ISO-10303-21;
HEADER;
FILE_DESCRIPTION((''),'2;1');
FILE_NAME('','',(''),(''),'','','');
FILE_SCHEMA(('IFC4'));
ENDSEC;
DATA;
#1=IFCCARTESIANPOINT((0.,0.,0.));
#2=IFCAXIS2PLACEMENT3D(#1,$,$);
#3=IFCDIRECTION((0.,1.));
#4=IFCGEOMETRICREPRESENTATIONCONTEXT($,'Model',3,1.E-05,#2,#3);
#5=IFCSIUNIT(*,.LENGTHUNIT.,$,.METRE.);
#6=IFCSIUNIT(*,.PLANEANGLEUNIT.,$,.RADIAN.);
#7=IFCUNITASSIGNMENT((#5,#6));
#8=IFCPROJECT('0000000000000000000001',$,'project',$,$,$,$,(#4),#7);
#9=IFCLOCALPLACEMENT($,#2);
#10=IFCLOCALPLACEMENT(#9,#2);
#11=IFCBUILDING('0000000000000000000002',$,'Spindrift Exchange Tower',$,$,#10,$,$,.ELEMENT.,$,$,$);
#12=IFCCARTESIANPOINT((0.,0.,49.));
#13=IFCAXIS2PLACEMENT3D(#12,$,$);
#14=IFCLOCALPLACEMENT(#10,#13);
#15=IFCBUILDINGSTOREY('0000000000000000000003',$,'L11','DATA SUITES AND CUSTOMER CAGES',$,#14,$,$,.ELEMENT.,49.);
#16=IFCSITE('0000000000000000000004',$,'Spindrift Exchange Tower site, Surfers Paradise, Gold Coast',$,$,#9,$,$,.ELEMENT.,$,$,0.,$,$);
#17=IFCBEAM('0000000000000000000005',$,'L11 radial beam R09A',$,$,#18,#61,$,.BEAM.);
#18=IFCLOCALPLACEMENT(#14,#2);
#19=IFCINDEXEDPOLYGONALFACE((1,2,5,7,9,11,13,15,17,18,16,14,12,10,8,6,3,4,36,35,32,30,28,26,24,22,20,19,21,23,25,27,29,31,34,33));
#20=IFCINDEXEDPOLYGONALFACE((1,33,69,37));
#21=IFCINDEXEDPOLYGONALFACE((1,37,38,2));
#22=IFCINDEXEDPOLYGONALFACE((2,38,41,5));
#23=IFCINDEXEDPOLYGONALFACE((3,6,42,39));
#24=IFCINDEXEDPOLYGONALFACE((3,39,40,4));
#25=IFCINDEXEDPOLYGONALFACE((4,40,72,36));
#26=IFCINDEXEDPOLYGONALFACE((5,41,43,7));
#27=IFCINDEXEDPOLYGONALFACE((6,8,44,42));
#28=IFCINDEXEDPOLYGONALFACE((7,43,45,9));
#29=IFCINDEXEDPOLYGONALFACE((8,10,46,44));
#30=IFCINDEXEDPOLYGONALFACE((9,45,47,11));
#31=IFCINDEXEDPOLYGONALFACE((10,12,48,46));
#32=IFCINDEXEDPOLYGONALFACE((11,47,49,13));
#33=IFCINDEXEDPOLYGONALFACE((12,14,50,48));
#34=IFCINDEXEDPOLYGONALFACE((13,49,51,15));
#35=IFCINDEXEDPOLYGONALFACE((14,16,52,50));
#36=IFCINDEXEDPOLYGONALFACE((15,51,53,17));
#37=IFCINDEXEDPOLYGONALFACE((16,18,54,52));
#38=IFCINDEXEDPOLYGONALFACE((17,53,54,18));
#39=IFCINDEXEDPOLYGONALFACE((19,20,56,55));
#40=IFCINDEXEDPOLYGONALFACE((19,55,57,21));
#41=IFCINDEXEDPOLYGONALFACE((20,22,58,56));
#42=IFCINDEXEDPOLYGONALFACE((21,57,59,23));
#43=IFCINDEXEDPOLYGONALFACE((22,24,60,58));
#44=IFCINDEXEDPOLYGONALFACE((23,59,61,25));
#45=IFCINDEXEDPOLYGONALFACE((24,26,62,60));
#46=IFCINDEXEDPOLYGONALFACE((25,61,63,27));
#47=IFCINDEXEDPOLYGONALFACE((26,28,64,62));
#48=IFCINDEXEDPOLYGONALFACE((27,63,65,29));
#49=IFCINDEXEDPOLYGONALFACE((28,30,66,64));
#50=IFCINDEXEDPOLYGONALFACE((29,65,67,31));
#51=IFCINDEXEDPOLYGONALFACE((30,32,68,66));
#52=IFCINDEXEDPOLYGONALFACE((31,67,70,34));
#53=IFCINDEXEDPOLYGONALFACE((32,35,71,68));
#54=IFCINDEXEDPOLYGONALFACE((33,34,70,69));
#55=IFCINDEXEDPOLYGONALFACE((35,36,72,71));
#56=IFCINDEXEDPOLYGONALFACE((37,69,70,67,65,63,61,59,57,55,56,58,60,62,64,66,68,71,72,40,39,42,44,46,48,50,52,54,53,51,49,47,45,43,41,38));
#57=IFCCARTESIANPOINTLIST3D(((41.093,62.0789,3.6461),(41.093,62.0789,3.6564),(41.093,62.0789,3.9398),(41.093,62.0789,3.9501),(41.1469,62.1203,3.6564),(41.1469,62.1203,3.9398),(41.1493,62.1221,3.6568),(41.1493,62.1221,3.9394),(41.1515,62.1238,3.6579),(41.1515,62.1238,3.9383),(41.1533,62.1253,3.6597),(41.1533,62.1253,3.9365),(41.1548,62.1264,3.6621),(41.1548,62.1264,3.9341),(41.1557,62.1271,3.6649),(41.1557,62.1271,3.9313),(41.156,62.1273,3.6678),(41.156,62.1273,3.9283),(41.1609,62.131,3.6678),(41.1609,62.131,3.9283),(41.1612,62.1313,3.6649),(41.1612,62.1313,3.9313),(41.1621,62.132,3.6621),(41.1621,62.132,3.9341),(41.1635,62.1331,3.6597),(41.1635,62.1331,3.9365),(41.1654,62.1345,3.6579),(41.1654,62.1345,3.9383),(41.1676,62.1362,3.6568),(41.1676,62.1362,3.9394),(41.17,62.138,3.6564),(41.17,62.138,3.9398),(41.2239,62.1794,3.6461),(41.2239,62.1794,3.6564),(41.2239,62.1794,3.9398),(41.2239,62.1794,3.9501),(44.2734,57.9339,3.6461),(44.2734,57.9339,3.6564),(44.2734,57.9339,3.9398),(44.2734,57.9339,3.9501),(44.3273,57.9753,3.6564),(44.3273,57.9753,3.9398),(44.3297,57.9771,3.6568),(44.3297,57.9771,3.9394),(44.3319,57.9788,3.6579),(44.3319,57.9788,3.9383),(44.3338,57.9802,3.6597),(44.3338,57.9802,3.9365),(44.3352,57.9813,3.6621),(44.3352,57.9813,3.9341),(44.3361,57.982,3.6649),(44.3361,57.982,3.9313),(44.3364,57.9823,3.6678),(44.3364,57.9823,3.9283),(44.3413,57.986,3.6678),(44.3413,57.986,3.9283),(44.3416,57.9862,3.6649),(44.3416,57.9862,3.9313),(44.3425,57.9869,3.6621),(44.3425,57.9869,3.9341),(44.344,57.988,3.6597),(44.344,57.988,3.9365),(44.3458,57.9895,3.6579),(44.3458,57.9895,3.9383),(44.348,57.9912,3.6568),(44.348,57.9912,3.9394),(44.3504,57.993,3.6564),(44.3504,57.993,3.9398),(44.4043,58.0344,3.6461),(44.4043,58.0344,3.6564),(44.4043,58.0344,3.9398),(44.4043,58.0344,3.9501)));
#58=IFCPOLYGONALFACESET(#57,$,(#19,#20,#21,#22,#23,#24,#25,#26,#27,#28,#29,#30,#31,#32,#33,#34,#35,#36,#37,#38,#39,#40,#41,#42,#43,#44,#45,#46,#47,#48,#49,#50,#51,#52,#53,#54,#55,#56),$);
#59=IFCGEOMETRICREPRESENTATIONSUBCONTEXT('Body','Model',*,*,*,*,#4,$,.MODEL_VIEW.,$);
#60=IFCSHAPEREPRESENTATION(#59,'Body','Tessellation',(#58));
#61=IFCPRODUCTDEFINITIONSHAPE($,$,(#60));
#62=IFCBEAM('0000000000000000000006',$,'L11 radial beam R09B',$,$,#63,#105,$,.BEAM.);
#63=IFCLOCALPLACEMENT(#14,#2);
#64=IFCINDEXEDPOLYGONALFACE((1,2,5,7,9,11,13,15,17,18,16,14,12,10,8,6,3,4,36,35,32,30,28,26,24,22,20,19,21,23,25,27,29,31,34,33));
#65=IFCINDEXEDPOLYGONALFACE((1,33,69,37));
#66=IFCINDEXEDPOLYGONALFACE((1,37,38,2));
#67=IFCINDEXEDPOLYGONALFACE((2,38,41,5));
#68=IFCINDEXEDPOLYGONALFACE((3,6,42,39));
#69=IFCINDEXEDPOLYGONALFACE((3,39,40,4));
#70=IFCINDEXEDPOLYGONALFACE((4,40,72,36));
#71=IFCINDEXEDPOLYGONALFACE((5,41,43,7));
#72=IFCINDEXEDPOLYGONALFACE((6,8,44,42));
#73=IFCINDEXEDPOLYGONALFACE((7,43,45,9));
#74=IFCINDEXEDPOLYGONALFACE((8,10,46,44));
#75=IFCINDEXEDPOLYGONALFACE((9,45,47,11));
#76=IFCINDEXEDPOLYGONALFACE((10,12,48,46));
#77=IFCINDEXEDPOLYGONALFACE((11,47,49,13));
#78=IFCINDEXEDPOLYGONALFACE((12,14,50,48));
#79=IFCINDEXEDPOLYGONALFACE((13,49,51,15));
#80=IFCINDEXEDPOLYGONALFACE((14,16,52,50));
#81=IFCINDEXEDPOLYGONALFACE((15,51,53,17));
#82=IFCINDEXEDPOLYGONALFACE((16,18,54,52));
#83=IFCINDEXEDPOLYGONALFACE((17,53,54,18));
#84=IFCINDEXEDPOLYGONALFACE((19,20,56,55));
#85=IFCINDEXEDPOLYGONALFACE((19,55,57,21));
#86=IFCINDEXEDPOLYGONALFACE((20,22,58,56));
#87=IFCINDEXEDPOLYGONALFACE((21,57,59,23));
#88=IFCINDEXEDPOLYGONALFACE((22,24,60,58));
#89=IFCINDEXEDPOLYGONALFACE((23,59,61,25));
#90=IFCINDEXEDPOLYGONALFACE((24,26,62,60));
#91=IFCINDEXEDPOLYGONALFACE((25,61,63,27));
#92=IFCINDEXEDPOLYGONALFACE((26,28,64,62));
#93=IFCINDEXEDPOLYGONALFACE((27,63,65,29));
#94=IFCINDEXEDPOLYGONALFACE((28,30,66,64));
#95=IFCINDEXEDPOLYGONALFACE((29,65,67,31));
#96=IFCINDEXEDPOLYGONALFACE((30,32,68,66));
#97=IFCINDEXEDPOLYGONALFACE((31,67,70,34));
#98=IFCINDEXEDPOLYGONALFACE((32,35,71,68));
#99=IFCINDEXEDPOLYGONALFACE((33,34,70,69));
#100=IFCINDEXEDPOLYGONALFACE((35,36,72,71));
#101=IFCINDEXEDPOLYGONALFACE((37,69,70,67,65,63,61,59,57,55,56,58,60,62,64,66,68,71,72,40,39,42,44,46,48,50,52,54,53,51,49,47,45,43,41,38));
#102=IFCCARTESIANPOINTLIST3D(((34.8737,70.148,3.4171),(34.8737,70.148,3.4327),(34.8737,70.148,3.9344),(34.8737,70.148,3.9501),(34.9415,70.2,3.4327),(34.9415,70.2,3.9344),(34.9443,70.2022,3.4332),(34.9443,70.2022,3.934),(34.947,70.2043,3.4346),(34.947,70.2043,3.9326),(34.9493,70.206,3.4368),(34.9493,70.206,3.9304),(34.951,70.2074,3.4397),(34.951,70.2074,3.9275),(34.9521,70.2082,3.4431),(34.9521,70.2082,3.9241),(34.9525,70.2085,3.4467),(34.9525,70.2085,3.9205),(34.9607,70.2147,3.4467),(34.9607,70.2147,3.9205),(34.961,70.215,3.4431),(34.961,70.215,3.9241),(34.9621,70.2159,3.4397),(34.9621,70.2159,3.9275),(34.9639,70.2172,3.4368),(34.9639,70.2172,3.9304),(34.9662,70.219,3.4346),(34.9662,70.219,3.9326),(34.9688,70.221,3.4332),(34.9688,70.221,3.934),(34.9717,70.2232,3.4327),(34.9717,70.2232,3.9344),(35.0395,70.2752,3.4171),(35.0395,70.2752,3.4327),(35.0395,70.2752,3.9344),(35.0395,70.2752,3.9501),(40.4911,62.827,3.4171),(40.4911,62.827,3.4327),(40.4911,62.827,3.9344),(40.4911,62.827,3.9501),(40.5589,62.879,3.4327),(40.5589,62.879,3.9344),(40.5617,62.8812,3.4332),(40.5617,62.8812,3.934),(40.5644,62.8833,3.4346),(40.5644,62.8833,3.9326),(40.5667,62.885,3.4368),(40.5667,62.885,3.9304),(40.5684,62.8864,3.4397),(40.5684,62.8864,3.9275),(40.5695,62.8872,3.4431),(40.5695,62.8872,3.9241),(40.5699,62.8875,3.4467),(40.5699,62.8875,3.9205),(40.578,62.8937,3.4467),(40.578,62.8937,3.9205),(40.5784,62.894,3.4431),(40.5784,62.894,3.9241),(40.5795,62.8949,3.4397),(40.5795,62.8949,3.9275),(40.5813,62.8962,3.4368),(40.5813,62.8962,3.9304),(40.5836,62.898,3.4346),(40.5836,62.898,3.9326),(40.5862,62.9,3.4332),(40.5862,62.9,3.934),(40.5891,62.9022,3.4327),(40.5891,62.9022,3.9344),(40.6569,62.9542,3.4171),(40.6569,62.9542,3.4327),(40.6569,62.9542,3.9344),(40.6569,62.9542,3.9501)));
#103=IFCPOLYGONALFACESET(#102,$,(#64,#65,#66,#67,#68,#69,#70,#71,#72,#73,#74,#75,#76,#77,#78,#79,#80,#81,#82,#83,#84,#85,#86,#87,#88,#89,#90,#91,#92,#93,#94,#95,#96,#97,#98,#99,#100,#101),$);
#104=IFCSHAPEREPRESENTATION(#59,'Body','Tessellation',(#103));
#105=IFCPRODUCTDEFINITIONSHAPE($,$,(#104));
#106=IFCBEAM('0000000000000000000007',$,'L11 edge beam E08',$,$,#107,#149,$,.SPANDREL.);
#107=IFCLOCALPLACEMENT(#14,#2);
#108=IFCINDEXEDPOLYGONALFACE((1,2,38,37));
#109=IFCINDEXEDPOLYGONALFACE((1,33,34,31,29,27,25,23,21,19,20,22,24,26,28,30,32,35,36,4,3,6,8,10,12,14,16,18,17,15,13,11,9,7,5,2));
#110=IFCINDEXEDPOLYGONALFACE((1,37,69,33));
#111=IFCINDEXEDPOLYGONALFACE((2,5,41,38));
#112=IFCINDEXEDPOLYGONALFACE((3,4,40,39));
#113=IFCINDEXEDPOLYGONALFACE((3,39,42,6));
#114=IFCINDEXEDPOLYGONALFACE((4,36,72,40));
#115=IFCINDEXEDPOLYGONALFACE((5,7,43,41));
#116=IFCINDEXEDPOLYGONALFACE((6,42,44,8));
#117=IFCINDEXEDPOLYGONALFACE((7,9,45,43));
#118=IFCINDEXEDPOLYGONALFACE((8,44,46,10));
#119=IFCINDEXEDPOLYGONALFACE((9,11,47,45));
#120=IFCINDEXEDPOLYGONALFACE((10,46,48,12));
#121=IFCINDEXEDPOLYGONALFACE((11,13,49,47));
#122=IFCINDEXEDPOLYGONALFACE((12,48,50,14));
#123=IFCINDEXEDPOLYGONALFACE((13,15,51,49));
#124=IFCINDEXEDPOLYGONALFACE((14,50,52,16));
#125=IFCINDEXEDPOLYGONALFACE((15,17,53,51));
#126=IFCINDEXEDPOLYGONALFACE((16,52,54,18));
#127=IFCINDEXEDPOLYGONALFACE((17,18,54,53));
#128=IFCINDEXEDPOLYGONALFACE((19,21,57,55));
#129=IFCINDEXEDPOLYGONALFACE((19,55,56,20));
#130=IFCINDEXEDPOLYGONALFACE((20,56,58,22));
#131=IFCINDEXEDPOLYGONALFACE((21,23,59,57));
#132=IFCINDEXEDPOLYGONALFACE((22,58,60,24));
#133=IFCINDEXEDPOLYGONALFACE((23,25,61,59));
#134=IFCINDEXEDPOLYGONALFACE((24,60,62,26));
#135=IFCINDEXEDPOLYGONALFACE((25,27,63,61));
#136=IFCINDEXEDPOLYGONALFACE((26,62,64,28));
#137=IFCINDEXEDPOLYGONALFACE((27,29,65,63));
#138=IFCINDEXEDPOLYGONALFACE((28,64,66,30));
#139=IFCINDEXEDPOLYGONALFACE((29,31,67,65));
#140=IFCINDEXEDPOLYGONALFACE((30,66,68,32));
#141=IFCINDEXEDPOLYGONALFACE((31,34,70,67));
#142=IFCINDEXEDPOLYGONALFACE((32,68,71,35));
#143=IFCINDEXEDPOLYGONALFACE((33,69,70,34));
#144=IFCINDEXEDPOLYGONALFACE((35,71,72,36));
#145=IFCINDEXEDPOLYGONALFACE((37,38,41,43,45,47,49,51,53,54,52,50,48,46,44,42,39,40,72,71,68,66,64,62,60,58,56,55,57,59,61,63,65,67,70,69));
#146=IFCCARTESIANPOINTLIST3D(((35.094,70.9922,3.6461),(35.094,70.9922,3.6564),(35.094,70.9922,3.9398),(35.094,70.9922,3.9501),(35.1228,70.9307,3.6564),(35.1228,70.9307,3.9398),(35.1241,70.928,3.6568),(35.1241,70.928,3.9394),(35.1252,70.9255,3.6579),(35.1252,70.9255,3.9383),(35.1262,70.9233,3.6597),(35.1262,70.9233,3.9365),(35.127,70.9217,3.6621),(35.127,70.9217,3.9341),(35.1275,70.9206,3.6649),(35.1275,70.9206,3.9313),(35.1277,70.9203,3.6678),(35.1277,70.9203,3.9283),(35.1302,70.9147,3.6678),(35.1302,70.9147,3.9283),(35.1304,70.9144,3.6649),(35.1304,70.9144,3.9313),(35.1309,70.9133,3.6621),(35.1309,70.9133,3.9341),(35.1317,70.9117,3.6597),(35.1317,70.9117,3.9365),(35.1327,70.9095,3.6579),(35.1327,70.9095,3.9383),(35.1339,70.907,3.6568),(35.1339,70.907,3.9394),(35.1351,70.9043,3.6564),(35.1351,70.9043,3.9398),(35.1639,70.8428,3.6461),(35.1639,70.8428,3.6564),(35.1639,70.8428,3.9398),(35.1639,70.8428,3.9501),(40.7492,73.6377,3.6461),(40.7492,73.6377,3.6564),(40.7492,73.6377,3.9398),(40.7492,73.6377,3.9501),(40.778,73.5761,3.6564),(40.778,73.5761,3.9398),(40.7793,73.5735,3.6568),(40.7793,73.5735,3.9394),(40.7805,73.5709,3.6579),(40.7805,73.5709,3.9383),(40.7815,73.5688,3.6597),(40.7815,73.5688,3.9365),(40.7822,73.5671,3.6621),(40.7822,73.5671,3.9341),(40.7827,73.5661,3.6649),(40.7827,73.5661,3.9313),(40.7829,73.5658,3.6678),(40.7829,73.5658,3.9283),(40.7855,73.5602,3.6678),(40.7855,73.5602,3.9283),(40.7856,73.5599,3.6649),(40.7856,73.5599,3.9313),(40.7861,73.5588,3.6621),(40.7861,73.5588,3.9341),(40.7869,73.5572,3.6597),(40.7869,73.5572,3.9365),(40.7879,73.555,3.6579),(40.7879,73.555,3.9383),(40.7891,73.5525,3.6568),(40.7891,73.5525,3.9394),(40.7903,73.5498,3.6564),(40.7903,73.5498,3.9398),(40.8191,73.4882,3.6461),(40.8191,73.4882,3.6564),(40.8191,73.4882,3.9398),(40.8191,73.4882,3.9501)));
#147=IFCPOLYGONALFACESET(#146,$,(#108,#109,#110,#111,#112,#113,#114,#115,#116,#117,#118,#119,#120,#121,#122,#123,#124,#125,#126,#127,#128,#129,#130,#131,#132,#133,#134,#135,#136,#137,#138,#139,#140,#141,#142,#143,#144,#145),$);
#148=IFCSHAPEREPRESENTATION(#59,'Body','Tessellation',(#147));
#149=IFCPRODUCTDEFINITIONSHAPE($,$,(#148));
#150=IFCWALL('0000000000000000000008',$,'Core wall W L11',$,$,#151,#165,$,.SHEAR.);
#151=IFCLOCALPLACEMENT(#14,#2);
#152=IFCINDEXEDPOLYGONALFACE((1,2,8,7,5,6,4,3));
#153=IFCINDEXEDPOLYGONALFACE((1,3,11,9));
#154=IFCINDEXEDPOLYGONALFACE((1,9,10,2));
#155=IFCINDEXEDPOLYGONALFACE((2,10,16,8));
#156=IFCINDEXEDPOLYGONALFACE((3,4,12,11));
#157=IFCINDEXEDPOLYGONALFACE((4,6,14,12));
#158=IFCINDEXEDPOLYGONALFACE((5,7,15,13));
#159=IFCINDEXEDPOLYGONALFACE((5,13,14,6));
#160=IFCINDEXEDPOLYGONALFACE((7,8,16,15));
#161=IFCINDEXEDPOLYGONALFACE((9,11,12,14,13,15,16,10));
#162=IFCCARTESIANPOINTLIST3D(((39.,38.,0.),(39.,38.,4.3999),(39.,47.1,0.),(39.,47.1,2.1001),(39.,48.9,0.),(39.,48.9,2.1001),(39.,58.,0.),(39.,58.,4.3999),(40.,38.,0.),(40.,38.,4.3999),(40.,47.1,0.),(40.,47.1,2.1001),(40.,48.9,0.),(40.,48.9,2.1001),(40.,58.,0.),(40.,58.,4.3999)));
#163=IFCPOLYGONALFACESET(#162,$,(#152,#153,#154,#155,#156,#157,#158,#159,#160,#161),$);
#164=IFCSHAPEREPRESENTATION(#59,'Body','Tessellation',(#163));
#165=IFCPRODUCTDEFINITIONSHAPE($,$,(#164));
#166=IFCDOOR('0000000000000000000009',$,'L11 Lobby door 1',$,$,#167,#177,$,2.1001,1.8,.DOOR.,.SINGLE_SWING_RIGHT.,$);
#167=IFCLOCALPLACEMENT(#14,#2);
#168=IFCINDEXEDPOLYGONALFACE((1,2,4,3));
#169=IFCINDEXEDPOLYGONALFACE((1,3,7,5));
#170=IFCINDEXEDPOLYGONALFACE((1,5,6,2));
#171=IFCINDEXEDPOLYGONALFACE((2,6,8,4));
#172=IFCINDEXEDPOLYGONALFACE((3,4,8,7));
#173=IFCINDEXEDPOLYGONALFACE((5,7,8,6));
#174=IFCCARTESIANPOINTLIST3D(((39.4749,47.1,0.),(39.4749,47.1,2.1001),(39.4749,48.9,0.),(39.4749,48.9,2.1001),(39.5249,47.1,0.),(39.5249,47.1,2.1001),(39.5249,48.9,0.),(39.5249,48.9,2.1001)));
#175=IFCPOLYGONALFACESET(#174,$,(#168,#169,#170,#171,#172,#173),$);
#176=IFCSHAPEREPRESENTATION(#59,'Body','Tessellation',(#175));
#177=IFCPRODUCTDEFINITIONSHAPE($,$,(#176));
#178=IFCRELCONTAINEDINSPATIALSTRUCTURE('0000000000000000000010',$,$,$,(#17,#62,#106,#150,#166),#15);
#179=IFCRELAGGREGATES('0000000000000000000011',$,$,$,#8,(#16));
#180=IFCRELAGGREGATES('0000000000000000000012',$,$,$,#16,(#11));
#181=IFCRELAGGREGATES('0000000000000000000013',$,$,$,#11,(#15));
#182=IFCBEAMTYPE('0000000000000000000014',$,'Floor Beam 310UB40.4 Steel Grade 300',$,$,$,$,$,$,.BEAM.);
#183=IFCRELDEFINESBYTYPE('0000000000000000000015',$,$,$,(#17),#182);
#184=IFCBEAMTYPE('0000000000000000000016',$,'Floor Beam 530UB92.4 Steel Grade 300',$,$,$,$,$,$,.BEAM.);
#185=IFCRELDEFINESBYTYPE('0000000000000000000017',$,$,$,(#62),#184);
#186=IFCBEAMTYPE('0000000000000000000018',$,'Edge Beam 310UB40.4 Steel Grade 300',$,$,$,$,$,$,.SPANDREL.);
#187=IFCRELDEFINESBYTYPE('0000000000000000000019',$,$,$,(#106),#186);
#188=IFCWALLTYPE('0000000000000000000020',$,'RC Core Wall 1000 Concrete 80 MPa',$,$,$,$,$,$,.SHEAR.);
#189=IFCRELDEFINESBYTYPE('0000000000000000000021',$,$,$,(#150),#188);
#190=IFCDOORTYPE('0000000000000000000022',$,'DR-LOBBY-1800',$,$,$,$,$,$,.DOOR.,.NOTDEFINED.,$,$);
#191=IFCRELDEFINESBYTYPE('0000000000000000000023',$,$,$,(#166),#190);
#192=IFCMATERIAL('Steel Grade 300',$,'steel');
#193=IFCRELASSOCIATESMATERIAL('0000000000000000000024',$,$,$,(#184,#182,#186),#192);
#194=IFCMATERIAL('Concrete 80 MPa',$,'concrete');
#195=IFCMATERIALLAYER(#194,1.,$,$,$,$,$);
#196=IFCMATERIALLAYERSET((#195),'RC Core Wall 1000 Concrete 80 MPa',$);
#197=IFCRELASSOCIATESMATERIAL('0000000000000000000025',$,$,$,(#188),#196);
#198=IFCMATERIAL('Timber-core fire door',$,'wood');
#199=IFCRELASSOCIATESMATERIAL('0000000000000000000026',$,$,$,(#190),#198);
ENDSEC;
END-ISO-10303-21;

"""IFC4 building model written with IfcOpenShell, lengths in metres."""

from ifc_helpers import new_model, si_unit, direction, frame, frame_2d, origin, origin_2d, place, context, subcontext, project, spatial, rectangle, i_section, extrude, source, transform, mapped, material, layer, layer_set, material_profile, profile_set, type_object, element, fill, save


model = new_model("IFC4")

# Units and contexts
model_context = context("Model", 3, precision=1e-05, world=origin(), true_north=direction((0.0, 1.0)))
body_context = subcontext(model_context, "Body", "Model", "MODEL_VIEW")
ifc_project = project(units=[si_unit("LENGTHUNIT", "METRE"), si_unit("PLANEANGLEUNIT", "RADIAN")], contexts=[model_context])

# Site, building, storey
site_placement = place(None, origin())
site = spatial("IfcSite", under=ifc_project, at=site_placement, Name="Spindrift Exchange Tower site, Surfers Paradise, Gold Coast", CompositionType="ELEMENT", RefElevation=0.0)
building_placement = place(site_placement, origin())
building = spatial("IfcBuilding", under=site, at=building_placement, Name="Spindrift Exchange Tower", CompositionType="ELEMENT")
storey_placement = place(building_placement, frame((0.0, 0.0, 49.0)))
storey = spatial("IfcBuildingStorey", under=building, at=storey_placement, Name="L11", Description="DATA SUITES AND CUSTOMER CAGES", CompositionType="ELEMENT", Elevation=49.0)

# Shared definitions
ifc_material_1 = material(Name="Concrete 80 MPa", Category="concrete")

# Beams
ifc_material_2 = material(Name="Steel Grade 300", Category="steel")
ifc_material_profile_1 = material_profile(ifc_material_2, i_section(OverallWidth=0.209, OverallDepth=0.533, WebThickness=0.0103, FlangeThickness=0.0156, FilletRadius=0.0139, at=origin_2d()), Name="530UB92.4")
ifc_profile_set_1 = profile_set([ifc_material_profile_1], Name="Steel Grade 300")
beam_type_1 = type_object("IfcBeamType", Name="Floor Beam 530UB92.4 Steel Grade 300", PredefinedType="BEAM", material=ifc_profile_set_1)
ifc_material_profile_2 = material_profile(ifc_material_2, i_section(OverallWidth=0.165, OverallDepth=0.304, WebThickness=0.0061, FlangeThickness=0.0103, FilletRadius=0.0115, at=origin_2d()), Name="310UB40.4")
ifc_profile_set_2 = profile_set([ifc_material_profile_2], Name="Steel Grade 300")
beam_type_2 = type_object("IfcBeamType", Name="Floor Beam 310UB40.4 Steel Grade 300", PredefinedType="BEAM", material=ifc_profile_set_2)
shared_shape_1 = source(origin(), body_context, "Body", "SweptSolid", [
    extrude(i_section(OverallWidth=0.165, OverallDepth=0.304, WebThickness=0.0061, FlangeThickness=0.0103, FilletRadius=0.0115, at=origin_2d()), origin(), (0.0, 0.0, 1.0), 5.2246),
])
beam_1_placement = place(storey_placement, frame((44.3389, 57.9841, 3.7981), z_axis=(-0.608741, 0.793369, 0.0), x_axis=(-0.793369, -0.608741, 0.0)))
element("IfcBeam", 1, at=beam_1_placement, inside=storey, type_object=beam_type_2, Name="L11 radial beam R09A", PredefinedType="BEAM", context=body_context, shape_type="MappedRepresentation", body=[
    mapped(shared_shape_1, transform((0.0, 0.0, 0.0), scale=1.0)),
])
shared_shape_2 = source(origin(), body_context, "Body", "SweptSolid", [
    extrude(i_section(OverallWidth=0.209, OverallDepth=0.533, WebThickness=0.0103, FlangeThickness=0.0156, FilletRadius=0.0139, at=origin_2d()), origin(), (0.0, 0.0, 1.0), 9.2278),
])
beam_2_placement = place(storey_placement, frame((40.574, 62.8906, 3.6836), z_axis=(-0.608748, 0.793364, 0.0), x_axis=(-0.793364, -0.608748, 0.0)))
element("IfcBeam", 2, at=beam_2_placement, inside=storey, type_object=beam_type_1, Name="L11 radial beam R09B", PredefinedType="BEAM", context=body_context, shape_type="MappedRepresentation", body=[
    mapped(shared_shape_2, transform((0.0, 0.0, 0.0), scale=1.0)),
])
ifc_material_profile_3 = material_profile(ifc_material_2, i_section(OverallWidth=0.165, OverallDepth=0.304, WebThickness=0.0061, FlangeThickness=0.0103, FilletRadius=0.0115, at=origin_2d()), Name="310UB40.4")
ifc_profile_set_3 = profile_set([ifc_material_profile_3], Name="Steel Grade 300")
beam_type_3 = type_object("IfcBeamType", Name="Edge Beam 310UB40.4 Steel Grade 300", PredefinedType="SPANDREL", material=ifc_profile_set_3)
shared_shape_3 = source(origin(), body_context, "Body", "SweptSolid", [
    extrude(i_section(OverallWidth=0.165, OverallDepth=0.304, WebThickness=0.0061, FlangeThickness=0.0103, FilletRadius=0.0115, at=origin_2d()), origin(), (0.0, 0.0, 1.0), 6.2434),
])
beam_3_placement = place(storey_placement, frame((40.7842, 73.563, 3.7981), z_axis=(-0.905791, -0.423724, 0.0), x_axis=(0.423724, -0.905791, 0.0)))
element("IfcBeam", 3, at=beam_3_placement, inside=storey, type_object=beam_type_3, Name="L11 edge beam E08", PredefinedType="SPANDREL", context=body_context, shape_type="MappedRepresentation", body=[
    mapped(shared_shape_3, transform((0.0, 0.0, 0.0), scale=1.0)),
])

# Wall, opening, door
ifc_layer_1 = layer(ifc_material_1, 1.0)
ifc_layer_set_1 = layer_set([ifc_layer_1], Name="RC Core Wall 1000 Concrete 80 MPa")
wall_type_1 = type_object("IfcWallType", Name="RC Core Wall 1000 Concrete 80 MPa", PredefinedType="SHEAR", material=ifc_layer_set_1)
wall_1_placement = place(storey_placement, frame((39.5, 58.0, 0.0), z_axis=(0.0, 0.0, 1.0), x_axis=(0.0, -1.0, 0.0)))
wall_1 = element("IfcWall", 4, at=wall_1_placement, inside=storey, type_object=wall_type_1, Name="Core wall W L11", PredefinedType="SHEAR", context=body_context, shape_type="SweptSolid", body=[
    extrude(rectangle(XDim=20.0, YDim=1.0, at=frame_2d((10.0, 0.0))), origin(), (0.0, 0.0, 1.0), 4.3999),
])
opening_1_placement = place(wall_1_placement, frame((9.1001, 0.0, 0.0)))
opening_1 = element("IfcOpeningElement", 5, at=opening_1_placement, cuts=wall_1, PredefinedType="OPENING", context=body_context, shape_type="SweptSolid", body=[
    extrude(rectangle(XDim=1.8, YDim=2.1001, at=frame_2d((0.8999, 1.05))), frame((0.0, 0.51, 0.0), z_axis=(0.0, -1.0, 0.0), x_axis=(1.0, 0.0, 0.0)), (0.0, 0.0, 1.0), 1.02),
])
ifc_material_3 = material(Name="Timber-core fire door", Category="wood")
door_type_1 = type_object("IfcDoorType", Name="DR-LOBBY-1800", OperationType="NOTDEFINED", PredefinedType="DOOR", material=ifc_material_3)
shared_shape_4 = source(origin(), body_context, "Body", "SweptSolid", [
    extrude(rectangle(XDim=1.8, YDim=2.1001, at=frame_2d((0.8999, 1.05))), frame((0.0, 0.0249, 0.0), z_axis=(0.0, -1.0, 0.0), x_axis=(1.0, 0.0, 0.0)), (0.0, 0.0, 1.0), 0.05),
])
door_1_placement = place(opening_1_placement, origin())
door_1 = element("IfcDoor", 6, at=door_1_placement, inside=storey, type_object=door_type_1, Name="L11 Lobby door 1", OperationType="SINGLE_SWING_RIGHT", OverallHeight=2.1001, OverallWidth=1.8, PredefinedType="DOOR", context=body_context, shape_type="MappedRepresentation", body=[
    mapped(shared_shape_4, transform((0.0, 0.0, 0.0), scale=1.0)),
])
fill(opening_1, door_1)

save(model, "model.ifc")
